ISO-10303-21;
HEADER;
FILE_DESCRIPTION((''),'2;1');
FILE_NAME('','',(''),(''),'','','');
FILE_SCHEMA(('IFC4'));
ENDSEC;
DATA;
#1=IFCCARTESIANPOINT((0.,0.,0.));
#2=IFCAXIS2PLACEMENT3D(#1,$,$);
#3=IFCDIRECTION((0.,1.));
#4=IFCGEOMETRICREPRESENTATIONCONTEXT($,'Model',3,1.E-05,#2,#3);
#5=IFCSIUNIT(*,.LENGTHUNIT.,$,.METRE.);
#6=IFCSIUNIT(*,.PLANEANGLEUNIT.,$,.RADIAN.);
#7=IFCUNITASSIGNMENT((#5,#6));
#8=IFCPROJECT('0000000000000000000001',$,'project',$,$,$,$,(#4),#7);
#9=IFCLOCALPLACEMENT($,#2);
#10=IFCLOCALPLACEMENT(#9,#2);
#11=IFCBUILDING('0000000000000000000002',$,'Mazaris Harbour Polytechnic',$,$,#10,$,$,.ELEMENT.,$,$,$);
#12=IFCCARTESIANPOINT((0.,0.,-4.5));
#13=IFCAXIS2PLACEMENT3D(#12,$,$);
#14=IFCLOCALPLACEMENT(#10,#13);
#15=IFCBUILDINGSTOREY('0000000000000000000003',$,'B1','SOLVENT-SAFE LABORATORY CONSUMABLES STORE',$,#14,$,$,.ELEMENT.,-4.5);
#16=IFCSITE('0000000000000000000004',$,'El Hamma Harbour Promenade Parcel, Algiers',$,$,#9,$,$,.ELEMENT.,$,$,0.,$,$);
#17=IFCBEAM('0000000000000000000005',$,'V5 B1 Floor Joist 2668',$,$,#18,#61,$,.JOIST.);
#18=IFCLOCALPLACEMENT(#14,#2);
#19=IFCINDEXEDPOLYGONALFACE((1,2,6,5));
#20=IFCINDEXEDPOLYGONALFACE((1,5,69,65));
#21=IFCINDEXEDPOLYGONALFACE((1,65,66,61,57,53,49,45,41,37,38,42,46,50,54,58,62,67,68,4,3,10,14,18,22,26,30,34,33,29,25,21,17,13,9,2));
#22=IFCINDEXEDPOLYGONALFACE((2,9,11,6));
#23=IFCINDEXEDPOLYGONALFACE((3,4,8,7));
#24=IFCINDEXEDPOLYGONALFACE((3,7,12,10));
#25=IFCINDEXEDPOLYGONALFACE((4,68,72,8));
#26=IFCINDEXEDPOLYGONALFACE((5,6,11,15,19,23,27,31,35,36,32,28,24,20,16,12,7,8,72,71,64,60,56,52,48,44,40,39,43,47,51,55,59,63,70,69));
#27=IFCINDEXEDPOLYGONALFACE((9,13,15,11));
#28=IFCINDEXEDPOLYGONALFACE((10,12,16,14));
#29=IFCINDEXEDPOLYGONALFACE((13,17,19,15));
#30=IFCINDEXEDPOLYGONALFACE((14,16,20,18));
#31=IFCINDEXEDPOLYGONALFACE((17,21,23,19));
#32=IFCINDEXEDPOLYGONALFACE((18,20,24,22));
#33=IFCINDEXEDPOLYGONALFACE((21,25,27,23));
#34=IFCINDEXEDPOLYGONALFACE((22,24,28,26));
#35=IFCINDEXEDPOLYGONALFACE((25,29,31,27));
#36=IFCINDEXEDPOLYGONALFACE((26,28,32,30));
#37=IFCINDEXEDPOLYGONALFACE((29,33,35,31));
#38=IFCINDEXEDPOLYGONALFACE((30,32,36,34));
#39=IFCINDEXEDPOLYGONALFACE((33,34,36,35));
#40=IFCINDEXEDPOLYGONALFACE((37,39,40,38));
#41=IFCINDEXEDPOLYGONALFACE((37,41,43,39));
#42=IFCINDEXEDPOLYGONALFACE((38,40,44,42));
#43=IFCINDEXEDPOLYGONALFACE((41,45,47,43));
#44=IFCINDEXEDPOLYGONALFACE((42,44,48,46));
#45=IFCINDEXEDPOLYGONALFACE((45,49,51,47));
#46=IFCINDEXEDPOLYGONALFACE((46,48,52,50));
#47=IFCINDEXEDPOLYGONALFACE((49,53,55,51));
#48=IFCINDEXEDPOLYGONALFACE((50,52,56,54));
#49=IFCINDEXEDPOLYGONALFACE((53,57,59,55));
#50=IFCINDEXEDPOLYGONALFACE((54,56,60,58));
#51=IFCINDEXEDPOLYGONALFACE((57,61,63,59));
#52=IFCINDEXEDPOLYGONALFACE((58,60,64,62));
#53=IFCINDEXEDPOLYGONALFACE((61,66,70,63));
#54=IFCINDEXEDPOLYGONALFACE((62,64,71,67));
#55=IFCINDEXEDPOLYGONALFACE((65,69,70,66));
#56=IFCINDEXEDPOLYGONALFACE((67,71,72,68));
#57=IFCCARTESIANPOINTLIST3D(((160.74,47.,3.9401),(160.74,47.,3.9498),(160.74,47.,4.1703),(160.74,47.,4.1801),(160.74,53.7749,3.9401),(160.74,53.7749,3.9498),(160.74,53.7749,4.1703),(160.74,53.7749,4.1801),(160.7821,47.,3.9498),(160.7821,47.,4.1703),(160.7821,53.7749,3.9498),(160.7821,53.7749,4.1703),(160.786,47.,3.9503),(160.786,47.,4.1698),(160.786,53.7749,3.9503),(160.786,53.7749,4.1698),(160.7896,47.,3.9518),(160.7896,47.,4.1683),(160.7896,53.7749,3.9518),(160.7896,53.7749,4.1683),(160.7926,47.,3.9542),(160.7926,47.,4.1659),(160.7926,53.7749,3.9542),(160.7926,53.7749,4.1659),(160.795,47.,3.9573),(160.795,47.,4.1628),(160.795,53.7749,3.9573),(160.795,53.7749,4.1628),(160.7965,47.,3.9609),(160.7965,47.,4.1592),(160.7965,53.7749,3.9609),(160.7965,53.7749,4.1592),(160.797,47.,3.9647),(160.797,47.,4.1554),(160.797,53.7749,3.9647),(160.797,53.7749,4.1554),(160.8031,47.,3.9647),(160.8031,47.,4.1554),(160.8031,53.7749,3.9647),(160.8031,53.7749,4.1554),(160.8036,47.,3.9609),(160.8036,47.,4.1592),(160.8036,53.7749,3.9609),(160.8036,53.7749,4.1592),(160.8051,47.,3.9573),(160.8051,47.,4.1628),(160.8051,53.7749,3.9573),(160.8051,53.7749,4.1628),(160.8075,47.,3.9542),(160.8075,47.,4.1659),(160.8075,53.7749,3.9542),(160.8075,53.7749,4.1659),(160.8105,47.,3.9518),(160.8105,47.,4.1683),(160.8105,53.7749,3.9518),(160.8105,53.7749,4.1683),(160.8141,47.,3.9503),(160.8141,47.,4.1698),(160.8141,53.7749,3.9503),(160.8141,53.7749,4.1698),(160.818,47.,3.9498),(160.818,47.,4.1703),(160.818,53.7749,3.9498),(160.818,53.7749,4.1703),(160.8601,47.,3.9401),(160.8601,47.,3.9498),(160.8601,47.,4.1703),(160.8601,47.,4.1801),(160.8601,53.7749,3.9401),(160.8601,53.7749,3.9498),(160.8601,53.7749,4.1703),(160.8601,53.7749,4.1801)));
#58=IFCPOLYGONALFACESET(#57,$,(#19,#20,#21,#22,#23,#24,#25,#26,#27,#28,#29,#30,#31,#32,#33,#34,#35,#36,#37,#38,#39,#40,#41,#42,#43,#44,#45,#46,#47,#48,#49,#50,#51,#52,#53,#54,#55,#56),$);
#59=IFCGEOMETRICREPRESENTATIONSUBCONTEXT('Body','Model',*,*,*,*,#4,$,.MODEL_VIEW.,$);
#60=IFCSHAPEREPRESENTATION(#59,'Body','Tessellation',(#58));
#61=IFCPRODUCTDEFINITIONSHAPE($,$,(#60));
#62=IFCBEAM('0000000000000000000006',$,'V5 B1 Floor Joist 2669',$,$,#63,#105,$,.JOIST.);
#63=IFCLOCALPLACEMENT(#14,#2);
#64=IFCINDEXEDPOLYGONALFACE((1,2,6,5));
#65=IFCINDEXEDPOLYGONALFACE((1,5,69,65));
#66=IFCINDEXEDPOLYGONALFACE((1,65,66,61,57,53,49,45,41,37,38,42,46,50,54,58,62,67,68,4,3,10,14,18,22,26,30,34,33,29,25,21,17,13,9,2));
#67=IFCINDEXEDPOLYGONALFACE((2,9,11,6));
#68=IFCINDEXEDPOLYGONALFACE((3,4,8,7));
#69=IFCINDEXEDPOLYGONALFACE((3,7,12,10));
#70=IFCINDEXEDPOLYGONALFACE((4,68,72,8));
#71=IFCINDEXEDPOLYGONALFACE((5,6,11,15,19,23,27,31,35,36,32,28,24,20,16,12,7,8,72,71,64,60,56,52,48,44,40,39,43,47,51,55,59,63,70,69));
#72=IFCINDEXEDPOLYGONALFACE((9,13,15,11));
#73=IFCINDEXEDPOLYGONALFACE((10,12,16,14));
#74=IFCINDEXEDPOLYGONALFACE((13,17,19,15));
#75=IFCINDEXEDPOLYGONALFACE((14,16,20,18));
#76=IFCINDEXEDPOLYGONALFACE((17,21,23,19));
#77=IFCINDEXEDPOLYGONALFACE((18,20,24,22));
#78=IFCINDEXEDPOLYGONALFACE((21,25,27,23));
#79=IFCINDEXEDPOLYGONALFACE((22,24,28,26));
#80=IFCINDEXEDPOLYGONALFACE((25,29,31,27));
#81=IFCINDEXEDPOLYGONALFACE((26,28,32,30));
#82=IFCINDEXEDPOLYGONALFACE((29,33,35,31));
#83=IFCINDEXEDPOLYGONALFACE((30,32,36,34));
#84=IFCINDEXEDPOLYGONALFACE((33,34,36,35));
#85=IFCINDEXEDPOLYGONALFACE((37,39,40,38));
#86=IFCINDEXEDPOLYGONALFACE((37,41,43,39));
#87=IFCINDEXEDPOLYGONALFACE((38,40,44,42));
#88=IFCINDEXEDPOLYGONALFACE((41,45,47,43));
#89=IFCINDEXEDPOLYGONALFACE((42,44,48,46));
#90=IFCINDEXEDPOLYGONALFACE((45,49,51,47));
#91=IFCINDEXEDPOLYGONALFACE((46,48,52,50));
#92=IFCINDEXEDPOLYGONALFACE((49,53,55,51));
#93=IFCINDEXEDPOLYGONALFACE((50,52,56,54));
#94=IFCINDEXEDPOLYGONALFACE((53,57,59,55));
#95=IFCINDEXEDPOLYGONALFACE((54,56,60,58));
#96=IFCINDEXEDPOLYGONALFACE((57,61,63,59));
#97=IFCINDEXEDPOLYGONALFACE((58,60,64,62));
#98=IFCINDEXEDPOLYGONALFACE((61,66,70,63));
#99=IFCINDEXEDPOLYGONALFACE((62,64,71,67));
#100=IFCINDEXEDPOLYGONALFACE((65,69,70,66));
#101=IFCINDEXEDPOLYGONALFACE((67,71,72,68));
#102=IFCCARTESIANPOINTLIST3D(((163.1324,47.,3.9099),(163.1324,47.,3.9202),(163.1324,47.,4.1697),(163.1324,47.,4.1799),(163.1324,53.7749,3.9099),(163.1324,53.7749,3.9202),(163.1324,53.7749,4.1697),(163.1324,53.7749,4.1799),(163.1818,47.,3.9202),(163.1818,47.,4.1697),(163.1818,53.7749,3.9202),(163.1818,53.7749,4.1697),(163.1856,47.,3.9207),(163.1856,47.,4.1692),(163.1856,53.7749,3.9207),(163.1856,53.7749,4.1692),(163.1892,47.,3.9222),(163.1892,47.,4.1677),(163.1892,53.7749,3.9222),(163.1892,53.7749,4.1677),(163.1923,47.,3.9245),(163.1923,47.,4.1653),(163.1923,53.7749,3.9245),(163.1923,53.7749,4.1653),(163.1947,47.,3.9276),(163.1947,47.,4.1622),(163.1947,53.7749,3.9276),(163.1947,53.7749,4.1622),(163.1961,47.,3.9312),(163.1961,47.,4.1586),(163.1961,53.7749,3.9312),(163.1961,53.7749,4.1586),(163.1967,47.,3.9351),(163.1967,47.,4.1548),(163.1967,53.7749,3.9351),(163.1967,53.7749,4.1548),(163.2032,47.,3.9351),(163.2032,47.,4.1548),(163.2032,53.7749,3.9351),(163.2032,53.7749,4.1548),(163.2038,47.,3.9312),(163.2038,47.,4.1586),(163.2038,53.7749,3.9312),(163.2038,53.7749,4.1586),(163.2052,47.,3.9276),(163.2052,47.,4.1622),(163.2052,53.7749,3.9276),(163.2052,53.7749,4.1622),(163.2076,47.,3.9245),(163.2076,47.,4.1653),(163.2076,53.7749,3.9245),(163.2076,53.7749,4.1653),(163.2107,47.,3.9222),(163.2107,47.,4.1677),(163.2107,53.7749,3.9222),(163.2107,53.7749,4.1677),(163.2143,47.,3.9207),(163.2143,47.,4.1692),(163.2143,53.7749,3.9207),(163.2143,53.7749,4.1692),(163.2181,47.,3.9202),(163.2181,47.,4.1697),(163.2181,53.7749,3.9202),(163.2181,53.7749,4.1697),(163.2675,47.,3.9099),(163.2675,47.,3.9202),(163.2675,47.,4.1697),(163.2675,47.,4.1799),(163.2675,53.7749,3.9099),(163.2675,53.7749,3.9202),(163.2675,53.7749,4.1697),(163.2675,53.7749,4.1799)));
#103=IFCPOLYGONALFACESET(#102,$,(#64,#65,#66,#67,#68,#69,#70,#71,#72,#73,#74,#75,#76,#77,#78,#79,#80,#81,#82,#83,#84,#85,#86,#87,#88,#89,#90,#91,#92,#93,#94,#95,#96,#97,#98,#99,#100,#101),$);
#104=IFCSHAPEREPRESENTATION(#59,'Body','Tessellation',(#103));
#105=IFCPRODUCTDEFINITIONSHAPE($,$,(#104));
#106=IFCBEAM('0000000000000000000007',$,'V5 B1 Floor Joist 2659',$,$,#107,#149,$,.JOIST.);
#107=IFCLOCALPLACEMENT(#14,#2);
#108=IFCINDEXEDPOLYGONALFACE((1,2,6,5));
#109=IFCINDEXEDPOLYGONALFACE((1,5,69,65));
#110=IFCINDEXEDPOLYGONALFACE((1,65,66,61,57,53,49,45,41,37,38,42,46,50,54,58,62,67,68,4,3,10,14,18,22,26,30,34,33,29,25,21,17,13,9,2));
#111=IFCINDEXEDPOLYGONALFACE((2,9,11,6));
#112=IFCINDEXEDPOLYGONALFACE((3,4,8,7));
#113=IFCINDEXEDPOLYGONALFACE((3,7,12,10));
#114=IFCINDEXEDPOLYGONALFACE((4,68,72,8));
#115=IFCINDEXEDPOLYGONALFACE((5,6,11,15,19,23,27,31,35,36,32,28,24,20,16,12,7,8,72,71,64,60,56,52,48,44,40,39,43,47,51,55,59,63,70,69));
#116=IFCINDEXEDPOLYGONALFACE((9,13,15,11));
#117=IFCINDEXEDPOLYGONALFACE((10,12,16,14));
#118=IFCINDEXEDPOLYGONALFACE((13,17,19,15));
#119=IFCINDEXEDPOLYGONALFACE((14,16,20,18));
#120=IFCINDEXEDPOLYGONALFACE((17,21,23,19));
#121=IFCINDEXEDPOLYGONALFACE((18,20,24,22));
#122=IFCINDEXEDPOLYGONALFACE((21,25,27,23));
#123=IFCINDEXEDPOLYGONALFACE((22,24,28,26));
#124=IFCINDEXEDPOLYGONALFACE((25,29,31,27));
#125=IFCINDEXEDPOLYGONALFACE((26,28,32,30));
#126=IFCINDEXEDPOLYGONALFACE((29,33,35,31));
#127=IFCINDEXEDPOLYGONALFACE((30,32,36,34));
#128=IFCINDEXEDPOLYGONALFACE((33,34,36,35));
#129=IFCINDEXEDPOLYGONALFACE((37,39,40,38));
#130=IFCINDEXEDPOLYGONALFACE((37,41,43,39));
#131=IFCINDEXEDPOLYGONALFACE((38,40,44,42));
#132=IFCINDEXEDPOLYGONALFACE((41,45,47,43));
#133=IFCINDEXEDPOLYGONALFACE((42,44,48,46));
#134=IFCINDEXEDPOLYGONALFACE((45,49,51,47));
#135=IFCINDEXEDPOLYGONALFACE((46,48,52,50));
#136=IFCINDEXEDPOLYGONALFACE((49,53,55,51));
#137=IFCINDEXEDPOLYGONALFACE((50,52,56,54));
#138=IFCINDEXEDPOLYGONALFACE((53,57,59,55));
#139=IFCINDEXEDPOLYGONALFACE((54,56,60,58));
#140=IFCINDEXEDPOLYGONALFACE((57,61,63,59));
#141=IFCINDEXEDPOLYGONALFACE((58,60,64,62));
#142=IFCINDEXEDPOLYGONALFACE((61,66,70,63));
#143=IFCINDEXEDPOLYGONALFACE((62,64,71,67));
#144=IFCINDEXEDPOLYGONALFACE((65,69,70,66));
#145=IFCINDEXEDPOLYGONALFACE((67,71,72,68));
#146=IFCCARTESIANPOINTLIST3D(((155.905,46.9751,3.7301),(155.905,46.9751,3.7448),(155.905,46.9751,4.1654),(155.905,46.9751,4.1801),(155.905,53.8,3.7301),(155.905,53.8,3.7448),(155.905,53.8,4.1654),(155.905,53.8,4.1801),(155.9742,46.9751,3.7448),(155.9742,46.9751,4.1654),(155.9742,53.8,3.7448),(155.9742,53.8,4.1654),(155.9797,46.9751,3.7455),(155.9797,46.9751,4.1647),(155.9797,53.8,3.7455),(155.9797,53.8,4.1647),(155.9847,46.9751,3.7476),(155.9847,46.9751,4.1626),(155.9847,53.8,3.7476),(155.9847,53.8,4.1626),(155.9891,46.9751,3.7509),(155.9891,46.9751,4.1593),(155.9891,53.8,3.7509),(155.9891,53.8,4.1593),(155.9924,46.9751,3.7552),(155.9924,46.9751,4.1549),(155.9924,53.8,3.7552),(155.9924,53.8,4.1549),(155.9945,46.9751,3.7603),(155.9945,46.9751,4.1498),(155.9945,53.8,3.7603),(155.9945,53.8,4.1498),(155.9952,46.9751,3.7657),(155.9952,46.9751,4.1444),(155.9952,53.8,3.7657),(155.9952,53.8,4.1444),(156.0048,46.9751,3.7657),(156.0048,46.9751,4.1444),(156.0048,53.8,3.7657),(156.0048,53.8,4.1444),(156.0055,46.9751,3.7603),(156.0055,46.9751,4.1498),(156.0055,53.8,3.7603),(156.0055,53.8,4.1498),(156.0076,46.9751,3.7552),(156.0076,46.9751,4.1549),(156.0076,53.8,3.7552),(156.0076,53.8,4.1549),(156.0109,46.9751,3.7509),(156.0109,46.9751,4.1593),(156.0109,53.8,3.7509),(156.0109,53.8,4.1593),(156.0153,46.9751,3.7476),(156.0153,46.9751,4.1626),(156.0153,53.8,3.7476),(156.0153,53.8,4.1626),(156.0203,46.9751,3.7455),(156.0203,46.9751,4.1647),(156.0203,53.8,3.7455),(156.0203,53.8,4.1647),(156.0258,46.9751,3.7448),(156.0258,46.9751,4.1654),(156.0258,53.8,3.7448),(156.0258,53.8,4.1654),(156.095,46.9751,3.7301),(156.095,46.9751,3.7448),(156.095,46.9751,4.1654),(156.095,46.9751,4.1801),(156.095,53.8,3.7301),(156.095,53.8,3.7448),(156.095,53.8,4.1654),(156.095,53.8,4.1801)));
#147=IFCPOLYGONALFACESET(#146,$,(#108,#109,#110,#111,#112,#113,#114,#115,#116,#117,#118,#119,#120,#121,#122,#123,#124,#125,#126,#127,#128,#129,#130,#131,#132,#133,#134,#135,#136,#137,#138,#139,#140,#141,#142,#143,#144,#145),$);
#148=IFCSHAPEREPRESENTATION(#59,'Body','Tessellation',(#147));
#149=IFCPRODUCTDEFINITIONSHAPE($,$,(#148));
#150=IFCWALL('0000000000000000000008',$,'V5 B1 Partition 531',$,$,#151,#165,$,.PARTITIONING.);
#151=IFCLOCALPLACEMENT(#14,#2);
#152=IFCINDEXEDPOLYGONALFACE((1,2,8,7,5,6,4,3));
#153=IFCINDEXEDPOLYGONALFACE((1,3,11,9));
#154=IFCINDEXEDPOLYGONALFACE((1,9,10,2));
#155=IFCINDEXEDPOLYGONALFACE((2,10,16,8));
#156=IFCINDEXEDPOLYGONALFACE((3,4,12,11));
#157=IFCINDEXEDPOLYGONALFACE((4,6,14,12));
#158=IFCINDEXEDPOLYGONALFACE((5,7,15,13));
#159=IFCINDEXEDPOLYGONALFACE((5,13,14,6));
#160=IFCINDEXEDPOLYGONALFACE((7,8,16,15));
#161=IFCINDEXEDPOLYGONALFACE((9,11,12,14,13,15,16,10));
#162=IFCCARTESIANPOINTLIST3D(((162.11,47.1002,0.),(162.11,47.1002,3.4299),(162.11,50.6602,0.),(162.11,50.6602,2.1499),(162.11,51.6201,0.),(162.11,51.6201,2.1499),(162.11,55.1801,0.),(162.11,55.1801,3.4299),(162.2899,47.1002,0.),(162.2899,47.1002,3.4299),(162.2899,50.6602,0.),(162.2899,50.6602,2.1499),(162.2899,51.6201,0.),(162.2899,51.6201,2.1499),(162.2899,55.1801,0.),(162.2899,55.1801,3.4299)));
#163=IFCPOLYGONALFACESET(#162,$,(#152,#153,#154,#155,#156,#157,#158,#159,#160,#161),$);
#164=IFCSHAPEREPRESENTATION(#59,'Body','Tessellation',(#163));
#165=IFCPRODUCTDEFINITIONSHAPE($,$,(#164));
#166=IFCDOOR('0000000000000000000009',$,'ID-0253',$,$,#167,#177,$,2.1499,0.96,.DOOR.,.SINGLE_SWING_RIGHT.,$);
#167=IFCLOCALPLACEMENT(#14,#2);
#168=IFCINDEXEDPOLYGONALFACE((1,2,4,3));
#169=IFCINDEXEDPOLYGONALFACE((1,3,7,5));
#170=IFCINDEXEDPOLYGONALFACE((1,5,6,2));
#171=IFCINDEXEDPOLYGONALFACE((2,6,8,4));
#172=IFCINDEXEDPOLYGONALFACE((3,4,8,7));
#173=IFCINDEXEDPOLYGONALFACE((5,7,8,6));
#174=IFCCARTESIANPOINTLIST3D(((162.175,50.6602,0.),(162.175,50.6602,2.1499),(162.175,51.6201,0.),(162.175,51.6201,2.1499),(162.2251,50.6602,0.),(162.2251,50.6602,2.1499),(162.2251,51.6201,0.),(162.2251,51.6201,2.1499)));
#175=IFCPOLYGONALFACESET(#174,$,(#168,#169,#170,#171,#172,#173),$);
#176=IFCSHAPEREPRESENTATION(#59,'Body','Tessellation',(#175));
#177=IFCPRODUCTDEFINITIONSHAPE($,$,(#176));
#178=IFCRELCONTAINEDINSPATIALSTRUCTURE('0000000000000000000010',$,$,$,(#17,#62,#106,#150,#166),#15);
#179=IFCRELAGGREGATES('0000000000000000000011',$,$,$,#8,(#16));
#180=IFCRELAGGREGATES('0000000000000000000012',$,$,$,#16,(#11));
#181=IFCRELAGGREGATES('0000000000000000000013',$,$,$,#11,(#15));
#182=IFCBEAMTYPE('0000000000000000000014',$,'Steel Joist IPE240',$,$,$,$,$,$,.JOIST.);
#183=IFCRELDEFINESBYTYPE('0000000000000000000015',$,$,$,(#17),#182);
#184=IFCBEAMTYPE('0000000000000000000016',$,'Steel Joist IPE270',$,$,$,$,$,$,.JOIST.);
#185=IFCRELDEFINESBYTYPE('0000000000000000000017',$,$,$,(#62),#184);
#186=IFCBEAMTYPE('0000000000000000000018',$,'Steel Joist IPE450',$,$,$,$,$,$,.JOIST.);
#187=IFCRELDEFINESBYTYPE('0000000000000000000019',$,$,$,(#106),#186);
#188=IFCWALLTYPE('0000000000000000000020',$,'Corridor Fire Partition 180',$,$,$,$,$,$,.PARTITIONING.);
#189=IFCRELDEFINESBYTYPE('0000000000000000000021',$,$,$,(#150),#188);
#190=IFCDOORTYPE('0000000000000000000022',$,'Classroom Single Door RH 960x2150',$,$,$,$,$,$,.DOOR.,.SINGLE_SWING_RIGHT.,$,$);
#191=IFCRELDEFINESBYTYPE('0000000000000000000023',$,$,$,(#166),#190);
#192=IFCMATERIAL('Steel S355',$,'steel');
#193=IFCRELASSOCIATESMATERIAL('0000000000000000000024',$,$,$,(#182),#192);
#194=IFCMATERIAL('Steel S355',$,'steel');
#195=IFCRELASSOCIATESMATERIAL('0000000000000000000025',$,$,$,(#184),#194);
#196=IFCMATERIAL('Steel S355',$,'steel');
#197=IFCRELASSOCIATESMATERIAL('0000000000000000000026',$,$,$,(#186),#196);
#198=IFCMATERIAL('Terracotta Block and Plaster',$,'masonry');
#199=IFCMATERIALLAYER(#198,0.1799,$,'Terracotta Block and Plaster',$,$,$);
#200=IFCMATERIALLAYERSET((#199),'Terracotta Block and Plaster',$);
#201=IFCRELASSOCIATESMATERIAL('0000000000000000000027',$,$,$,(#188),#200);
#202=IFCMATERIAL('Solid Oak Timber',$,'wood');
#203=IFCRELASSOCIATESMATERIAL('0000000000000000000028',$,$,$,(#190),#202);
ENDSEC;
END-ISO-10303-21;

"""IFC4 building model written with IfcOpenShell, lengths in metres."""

from ifc_helpers import new_model, si_unit, direction, frame, frame_2d, origin, origin_2d, place, context, subcontext, project, spatial, rectangle, i_section, extrude, material, layer, layer_set, material_profile, profile_set, type_object, element, fill, save


model = new_model("IFC4")

# Units and contexts
model_context = context("Model", 3, precision=1e-05, world=origin(), true_north=direction((0.0, 1.0)))
body_context = subcontext(model_context, "Body", "Model", "MODEL_VIEW")
ifc_project = project(units=[si_unit("LENGTHUNIT", "METRE"), si_unit("PLANEANGLEUNIT", "RADIAN")], contexts=[model_context])

# Site, building, storey
site_placement = place(None, origin())
site = spatial("IfcSite", under=ifc_project, at=site_placement, Name="El Hamma Harbour Promenade Parcel, Algiers", CompositionType="ELEMENT", RefElevation=0.0)
building_placement = place(site_placement, origin())
building = spatial("IfcBuilding", under=site, at=building_placement, Name="Mazaris Harbour Polytechnic", CompositionType="ELEMENT")
storey_placement = place(building_placement, frame((0.0, 0.0, -4.5)))
storey = spatial("IfcBuildingStorey", under=building, at=storey_placement, Name="B1", Description="SOLVENT-SAFE LABORATORY CONSUMABLES STORE", CompositionType="ELEMENT", Elevation=-4.5)

# Beams
ifc_material_1 = material(Name="Steel S355", Category="steel")
ifc_material_profile_1 = material_profile(ifc_material_1, i_section(OverallWidth=0.1201, OverallDepth=0.24, WebThickness=0.0061, FlangeThickness=0.0098, FilletRadius=0.0149, at=origin_2d()), Name="IPE 240")
ifc_profile_set_1 = profile_set([ifc_material_profile_1], Name="Steel S355")
beam_type_1 = type_object("IfcBeamType", Name="Steel Joist IPE240", PredefinedType="JOIST", material=ifc_profile_set_1)
beam_1_placement = place(storey_placement, frame((160.8, 47.0, 4.0601), z_axis=(0.0, 1.0, 0.0), x_axis=(-1.0, 0.0, 0.0)))
element("IfcBeam", 1, at=beam_1_placement, inside=storey, type_object=beam_type_1, Name="V5 B1 Floor Joist 2668", PredefinedType="JOIST", context=body_context, shape_type="SweptSolid", body=[
    extrude(i_section(OverallWidth=0.1201, OverallDepth=0.24, WebThickness=0.0061, FlangeThickness=0.0098, FilletRadius=0.0149, at=origin_2d()), origin(), (0.0, 0.0, 1.0), 6.7749),
])
ifc_material_2 = material(Name="Steel S355", Category="steel")
ifc_material_profile_2 = material_profile(ifc_material_2, i_section(OverallWidth=0.135, OverallDepth=0.27, WebThickness=0.0066, FlangeThickness=0.0103, FilletRadius=0.0149, at=origin_2d()), Name="IPE 270")
ifc_profile_set_2 = profile_set([ifc_material_profile_2], Name="Steel S355")
beam_type_2 = type_object("IfcBeamType", Name="Steel Joist IPE270", PredefinedType="JOIST", material=ifc_profile_set_2)
beam_2_placement = place(storey_placement, frame((163.2, 47.0, 4.0449), z_axis=(0.0, 1.0, 0.0), x_axis=(-1.0, 0.0, 0.0)))
element("IfcBeam", 2, at=beam_2_placement, inside=storey, type_object=beam_type_2, Name="V5 B1 Floor Joist 2669", PredefinedType="JOIST", context=body_context, shape_type="SweptSolid", body=[
    extrude(i_section(OverallWidth=0.135, OverallDepth=0.27, WebThickness=0.0066, FlangeThickness=0.0103, FilletRadius=0.0149, at=origin_2d()), origin(), (0.0, 0.0, 1.0), 6.7749),
])
ifc_material_3 = material(Name="Steel S355", Category="steel")
ifc_material_profile_3 = material_profile(ifc_material_3, i_section(OverallWidth=0.1899, OverallDepth=0.45, WebThickness=0.0095, FlangeThickness=0.0146, FilletRadius=0.021, at=origin_2d()), Name="IPE 450")
ifc_profile_set_3 = profile_set([ifc_material_profile_3], Name="Steel S355")
beam_type_3 = type_object("IfcBeamType", Name="Steel Joist IPE450", PredefinedType="JOIST", material=ifc_profile_set_3)
beam_3_placement = place(storey_placement, frame((156.0, 46.9751, 3.9551), z_axis=(0.0, 1.0, 0.0), x_axis=(-1.0, 0.0, 0.0)))
element("IfcBeam", 3, at=beam_3_placement, inside=storey, type_object=beam_type_3, Name="V5 B1 Floor Joist 2659", PredefinedType="JOIST", context=body_context, shape_type="SweptSolid", body=[
    extrude(i_section(OverallWidth=0.1899, OverallDepth=0.45, WebThickness=0.0095, FlangeThickness=0.0146, FilletRadius=0.021, at=origin_2d()), origin(), (0.0, 0.0, 1.0), 6.825),
])

# Wall, opening, door
ifc_material_4 = material(Name="Terracotta Block and Plaster", Category="masonry")
ifc_layer_1 = layer(ifc_material_4, 0.1799, Name="Terracotta Block and Plaster")
ifc_layer_set_1 = layer_set([ifc_layer_1], Name="Terracotta Block and Plaster")
wall_type_1 = type_object("IfcWallType", Name="Corridor Fire Partition 180", PredefinedType="PARTITIONING", material=ifc_layer_set_1)
wall_1_placement = place(storey_placement, frame((162.2, 47.1001, 0.0), z_axis=(0.0, 0.0, 1.0), x_axis=(0.0, 1.0, 0.0)))
wall_1 = element("IfcWall", 4, at=wall_1_placement, inside=storey, type_object=wall_type_1, Name="V5 B1 Partition 531", PredefinedType="PARTITIONING", context=body_context, shape_type="SweptSolid", body=[
    extrude(rectangle(XDim=8.0798, YDim=0.1799, at=frame_2d((4.04, 0.0))), origin(), (0.0, 0.0, 1.0), 3.4299),
])
opening_placement = place(wall_1_placement, frame((3.5601, 0.0, 0.0)))
opening = element("IfcOpeningElement", 5, at=opening_placement, cuts=wall_1, PredefinedType="OPENING", context=body_context, shape_type="SweptSolid", body=[
    extrude(rectangle(XDim=0.96, YDim=2.1499, at=frame_2d((0.48, 1.075))), frame((0.0, 0.0999, 0.0), z_axis=(0.0, -1.0, 0.0), x_axis=(1.0, 0.0, 0.0)), (0.0, 0.0, 1.0), 0.2),
])
ifc_material_5 = material(Name="Solid Oak Timber", Category="wood")
door_type = type_object("IfcDoorType", Name="Classroom Single Door RH 960x2150", OperationType="SINGLE_SWING_RIGHT", PredefinedType="DOOR", material=ifc_material_5)
door_placement = place(opening_placement, origin())
door = element("IfcDoor", 6, at=door_placement, inside=storey, type_object=door_type, Name="ID-0253", OperationType="SINGLE_SWING_RIGHT", OverallHeight=2.1499, OverallWidth=0.96, PredefinedType="DOOR", context=body_context, shape_type="SweptSolid", body=[
    extrude(rectangle(XDim=0.96, YDim=2.1499, at=frame_2d((0.48, 1.075))), frame((0.0, 0.0249, 0.0), z_axis=(0.0, -1.0, 0.0), x_axis=(1.0, 0.0, 0.0)), (0.0, 0.0, 1.0), 0.05),
])
fill(opening, door)

save(model, "model.ifc")
